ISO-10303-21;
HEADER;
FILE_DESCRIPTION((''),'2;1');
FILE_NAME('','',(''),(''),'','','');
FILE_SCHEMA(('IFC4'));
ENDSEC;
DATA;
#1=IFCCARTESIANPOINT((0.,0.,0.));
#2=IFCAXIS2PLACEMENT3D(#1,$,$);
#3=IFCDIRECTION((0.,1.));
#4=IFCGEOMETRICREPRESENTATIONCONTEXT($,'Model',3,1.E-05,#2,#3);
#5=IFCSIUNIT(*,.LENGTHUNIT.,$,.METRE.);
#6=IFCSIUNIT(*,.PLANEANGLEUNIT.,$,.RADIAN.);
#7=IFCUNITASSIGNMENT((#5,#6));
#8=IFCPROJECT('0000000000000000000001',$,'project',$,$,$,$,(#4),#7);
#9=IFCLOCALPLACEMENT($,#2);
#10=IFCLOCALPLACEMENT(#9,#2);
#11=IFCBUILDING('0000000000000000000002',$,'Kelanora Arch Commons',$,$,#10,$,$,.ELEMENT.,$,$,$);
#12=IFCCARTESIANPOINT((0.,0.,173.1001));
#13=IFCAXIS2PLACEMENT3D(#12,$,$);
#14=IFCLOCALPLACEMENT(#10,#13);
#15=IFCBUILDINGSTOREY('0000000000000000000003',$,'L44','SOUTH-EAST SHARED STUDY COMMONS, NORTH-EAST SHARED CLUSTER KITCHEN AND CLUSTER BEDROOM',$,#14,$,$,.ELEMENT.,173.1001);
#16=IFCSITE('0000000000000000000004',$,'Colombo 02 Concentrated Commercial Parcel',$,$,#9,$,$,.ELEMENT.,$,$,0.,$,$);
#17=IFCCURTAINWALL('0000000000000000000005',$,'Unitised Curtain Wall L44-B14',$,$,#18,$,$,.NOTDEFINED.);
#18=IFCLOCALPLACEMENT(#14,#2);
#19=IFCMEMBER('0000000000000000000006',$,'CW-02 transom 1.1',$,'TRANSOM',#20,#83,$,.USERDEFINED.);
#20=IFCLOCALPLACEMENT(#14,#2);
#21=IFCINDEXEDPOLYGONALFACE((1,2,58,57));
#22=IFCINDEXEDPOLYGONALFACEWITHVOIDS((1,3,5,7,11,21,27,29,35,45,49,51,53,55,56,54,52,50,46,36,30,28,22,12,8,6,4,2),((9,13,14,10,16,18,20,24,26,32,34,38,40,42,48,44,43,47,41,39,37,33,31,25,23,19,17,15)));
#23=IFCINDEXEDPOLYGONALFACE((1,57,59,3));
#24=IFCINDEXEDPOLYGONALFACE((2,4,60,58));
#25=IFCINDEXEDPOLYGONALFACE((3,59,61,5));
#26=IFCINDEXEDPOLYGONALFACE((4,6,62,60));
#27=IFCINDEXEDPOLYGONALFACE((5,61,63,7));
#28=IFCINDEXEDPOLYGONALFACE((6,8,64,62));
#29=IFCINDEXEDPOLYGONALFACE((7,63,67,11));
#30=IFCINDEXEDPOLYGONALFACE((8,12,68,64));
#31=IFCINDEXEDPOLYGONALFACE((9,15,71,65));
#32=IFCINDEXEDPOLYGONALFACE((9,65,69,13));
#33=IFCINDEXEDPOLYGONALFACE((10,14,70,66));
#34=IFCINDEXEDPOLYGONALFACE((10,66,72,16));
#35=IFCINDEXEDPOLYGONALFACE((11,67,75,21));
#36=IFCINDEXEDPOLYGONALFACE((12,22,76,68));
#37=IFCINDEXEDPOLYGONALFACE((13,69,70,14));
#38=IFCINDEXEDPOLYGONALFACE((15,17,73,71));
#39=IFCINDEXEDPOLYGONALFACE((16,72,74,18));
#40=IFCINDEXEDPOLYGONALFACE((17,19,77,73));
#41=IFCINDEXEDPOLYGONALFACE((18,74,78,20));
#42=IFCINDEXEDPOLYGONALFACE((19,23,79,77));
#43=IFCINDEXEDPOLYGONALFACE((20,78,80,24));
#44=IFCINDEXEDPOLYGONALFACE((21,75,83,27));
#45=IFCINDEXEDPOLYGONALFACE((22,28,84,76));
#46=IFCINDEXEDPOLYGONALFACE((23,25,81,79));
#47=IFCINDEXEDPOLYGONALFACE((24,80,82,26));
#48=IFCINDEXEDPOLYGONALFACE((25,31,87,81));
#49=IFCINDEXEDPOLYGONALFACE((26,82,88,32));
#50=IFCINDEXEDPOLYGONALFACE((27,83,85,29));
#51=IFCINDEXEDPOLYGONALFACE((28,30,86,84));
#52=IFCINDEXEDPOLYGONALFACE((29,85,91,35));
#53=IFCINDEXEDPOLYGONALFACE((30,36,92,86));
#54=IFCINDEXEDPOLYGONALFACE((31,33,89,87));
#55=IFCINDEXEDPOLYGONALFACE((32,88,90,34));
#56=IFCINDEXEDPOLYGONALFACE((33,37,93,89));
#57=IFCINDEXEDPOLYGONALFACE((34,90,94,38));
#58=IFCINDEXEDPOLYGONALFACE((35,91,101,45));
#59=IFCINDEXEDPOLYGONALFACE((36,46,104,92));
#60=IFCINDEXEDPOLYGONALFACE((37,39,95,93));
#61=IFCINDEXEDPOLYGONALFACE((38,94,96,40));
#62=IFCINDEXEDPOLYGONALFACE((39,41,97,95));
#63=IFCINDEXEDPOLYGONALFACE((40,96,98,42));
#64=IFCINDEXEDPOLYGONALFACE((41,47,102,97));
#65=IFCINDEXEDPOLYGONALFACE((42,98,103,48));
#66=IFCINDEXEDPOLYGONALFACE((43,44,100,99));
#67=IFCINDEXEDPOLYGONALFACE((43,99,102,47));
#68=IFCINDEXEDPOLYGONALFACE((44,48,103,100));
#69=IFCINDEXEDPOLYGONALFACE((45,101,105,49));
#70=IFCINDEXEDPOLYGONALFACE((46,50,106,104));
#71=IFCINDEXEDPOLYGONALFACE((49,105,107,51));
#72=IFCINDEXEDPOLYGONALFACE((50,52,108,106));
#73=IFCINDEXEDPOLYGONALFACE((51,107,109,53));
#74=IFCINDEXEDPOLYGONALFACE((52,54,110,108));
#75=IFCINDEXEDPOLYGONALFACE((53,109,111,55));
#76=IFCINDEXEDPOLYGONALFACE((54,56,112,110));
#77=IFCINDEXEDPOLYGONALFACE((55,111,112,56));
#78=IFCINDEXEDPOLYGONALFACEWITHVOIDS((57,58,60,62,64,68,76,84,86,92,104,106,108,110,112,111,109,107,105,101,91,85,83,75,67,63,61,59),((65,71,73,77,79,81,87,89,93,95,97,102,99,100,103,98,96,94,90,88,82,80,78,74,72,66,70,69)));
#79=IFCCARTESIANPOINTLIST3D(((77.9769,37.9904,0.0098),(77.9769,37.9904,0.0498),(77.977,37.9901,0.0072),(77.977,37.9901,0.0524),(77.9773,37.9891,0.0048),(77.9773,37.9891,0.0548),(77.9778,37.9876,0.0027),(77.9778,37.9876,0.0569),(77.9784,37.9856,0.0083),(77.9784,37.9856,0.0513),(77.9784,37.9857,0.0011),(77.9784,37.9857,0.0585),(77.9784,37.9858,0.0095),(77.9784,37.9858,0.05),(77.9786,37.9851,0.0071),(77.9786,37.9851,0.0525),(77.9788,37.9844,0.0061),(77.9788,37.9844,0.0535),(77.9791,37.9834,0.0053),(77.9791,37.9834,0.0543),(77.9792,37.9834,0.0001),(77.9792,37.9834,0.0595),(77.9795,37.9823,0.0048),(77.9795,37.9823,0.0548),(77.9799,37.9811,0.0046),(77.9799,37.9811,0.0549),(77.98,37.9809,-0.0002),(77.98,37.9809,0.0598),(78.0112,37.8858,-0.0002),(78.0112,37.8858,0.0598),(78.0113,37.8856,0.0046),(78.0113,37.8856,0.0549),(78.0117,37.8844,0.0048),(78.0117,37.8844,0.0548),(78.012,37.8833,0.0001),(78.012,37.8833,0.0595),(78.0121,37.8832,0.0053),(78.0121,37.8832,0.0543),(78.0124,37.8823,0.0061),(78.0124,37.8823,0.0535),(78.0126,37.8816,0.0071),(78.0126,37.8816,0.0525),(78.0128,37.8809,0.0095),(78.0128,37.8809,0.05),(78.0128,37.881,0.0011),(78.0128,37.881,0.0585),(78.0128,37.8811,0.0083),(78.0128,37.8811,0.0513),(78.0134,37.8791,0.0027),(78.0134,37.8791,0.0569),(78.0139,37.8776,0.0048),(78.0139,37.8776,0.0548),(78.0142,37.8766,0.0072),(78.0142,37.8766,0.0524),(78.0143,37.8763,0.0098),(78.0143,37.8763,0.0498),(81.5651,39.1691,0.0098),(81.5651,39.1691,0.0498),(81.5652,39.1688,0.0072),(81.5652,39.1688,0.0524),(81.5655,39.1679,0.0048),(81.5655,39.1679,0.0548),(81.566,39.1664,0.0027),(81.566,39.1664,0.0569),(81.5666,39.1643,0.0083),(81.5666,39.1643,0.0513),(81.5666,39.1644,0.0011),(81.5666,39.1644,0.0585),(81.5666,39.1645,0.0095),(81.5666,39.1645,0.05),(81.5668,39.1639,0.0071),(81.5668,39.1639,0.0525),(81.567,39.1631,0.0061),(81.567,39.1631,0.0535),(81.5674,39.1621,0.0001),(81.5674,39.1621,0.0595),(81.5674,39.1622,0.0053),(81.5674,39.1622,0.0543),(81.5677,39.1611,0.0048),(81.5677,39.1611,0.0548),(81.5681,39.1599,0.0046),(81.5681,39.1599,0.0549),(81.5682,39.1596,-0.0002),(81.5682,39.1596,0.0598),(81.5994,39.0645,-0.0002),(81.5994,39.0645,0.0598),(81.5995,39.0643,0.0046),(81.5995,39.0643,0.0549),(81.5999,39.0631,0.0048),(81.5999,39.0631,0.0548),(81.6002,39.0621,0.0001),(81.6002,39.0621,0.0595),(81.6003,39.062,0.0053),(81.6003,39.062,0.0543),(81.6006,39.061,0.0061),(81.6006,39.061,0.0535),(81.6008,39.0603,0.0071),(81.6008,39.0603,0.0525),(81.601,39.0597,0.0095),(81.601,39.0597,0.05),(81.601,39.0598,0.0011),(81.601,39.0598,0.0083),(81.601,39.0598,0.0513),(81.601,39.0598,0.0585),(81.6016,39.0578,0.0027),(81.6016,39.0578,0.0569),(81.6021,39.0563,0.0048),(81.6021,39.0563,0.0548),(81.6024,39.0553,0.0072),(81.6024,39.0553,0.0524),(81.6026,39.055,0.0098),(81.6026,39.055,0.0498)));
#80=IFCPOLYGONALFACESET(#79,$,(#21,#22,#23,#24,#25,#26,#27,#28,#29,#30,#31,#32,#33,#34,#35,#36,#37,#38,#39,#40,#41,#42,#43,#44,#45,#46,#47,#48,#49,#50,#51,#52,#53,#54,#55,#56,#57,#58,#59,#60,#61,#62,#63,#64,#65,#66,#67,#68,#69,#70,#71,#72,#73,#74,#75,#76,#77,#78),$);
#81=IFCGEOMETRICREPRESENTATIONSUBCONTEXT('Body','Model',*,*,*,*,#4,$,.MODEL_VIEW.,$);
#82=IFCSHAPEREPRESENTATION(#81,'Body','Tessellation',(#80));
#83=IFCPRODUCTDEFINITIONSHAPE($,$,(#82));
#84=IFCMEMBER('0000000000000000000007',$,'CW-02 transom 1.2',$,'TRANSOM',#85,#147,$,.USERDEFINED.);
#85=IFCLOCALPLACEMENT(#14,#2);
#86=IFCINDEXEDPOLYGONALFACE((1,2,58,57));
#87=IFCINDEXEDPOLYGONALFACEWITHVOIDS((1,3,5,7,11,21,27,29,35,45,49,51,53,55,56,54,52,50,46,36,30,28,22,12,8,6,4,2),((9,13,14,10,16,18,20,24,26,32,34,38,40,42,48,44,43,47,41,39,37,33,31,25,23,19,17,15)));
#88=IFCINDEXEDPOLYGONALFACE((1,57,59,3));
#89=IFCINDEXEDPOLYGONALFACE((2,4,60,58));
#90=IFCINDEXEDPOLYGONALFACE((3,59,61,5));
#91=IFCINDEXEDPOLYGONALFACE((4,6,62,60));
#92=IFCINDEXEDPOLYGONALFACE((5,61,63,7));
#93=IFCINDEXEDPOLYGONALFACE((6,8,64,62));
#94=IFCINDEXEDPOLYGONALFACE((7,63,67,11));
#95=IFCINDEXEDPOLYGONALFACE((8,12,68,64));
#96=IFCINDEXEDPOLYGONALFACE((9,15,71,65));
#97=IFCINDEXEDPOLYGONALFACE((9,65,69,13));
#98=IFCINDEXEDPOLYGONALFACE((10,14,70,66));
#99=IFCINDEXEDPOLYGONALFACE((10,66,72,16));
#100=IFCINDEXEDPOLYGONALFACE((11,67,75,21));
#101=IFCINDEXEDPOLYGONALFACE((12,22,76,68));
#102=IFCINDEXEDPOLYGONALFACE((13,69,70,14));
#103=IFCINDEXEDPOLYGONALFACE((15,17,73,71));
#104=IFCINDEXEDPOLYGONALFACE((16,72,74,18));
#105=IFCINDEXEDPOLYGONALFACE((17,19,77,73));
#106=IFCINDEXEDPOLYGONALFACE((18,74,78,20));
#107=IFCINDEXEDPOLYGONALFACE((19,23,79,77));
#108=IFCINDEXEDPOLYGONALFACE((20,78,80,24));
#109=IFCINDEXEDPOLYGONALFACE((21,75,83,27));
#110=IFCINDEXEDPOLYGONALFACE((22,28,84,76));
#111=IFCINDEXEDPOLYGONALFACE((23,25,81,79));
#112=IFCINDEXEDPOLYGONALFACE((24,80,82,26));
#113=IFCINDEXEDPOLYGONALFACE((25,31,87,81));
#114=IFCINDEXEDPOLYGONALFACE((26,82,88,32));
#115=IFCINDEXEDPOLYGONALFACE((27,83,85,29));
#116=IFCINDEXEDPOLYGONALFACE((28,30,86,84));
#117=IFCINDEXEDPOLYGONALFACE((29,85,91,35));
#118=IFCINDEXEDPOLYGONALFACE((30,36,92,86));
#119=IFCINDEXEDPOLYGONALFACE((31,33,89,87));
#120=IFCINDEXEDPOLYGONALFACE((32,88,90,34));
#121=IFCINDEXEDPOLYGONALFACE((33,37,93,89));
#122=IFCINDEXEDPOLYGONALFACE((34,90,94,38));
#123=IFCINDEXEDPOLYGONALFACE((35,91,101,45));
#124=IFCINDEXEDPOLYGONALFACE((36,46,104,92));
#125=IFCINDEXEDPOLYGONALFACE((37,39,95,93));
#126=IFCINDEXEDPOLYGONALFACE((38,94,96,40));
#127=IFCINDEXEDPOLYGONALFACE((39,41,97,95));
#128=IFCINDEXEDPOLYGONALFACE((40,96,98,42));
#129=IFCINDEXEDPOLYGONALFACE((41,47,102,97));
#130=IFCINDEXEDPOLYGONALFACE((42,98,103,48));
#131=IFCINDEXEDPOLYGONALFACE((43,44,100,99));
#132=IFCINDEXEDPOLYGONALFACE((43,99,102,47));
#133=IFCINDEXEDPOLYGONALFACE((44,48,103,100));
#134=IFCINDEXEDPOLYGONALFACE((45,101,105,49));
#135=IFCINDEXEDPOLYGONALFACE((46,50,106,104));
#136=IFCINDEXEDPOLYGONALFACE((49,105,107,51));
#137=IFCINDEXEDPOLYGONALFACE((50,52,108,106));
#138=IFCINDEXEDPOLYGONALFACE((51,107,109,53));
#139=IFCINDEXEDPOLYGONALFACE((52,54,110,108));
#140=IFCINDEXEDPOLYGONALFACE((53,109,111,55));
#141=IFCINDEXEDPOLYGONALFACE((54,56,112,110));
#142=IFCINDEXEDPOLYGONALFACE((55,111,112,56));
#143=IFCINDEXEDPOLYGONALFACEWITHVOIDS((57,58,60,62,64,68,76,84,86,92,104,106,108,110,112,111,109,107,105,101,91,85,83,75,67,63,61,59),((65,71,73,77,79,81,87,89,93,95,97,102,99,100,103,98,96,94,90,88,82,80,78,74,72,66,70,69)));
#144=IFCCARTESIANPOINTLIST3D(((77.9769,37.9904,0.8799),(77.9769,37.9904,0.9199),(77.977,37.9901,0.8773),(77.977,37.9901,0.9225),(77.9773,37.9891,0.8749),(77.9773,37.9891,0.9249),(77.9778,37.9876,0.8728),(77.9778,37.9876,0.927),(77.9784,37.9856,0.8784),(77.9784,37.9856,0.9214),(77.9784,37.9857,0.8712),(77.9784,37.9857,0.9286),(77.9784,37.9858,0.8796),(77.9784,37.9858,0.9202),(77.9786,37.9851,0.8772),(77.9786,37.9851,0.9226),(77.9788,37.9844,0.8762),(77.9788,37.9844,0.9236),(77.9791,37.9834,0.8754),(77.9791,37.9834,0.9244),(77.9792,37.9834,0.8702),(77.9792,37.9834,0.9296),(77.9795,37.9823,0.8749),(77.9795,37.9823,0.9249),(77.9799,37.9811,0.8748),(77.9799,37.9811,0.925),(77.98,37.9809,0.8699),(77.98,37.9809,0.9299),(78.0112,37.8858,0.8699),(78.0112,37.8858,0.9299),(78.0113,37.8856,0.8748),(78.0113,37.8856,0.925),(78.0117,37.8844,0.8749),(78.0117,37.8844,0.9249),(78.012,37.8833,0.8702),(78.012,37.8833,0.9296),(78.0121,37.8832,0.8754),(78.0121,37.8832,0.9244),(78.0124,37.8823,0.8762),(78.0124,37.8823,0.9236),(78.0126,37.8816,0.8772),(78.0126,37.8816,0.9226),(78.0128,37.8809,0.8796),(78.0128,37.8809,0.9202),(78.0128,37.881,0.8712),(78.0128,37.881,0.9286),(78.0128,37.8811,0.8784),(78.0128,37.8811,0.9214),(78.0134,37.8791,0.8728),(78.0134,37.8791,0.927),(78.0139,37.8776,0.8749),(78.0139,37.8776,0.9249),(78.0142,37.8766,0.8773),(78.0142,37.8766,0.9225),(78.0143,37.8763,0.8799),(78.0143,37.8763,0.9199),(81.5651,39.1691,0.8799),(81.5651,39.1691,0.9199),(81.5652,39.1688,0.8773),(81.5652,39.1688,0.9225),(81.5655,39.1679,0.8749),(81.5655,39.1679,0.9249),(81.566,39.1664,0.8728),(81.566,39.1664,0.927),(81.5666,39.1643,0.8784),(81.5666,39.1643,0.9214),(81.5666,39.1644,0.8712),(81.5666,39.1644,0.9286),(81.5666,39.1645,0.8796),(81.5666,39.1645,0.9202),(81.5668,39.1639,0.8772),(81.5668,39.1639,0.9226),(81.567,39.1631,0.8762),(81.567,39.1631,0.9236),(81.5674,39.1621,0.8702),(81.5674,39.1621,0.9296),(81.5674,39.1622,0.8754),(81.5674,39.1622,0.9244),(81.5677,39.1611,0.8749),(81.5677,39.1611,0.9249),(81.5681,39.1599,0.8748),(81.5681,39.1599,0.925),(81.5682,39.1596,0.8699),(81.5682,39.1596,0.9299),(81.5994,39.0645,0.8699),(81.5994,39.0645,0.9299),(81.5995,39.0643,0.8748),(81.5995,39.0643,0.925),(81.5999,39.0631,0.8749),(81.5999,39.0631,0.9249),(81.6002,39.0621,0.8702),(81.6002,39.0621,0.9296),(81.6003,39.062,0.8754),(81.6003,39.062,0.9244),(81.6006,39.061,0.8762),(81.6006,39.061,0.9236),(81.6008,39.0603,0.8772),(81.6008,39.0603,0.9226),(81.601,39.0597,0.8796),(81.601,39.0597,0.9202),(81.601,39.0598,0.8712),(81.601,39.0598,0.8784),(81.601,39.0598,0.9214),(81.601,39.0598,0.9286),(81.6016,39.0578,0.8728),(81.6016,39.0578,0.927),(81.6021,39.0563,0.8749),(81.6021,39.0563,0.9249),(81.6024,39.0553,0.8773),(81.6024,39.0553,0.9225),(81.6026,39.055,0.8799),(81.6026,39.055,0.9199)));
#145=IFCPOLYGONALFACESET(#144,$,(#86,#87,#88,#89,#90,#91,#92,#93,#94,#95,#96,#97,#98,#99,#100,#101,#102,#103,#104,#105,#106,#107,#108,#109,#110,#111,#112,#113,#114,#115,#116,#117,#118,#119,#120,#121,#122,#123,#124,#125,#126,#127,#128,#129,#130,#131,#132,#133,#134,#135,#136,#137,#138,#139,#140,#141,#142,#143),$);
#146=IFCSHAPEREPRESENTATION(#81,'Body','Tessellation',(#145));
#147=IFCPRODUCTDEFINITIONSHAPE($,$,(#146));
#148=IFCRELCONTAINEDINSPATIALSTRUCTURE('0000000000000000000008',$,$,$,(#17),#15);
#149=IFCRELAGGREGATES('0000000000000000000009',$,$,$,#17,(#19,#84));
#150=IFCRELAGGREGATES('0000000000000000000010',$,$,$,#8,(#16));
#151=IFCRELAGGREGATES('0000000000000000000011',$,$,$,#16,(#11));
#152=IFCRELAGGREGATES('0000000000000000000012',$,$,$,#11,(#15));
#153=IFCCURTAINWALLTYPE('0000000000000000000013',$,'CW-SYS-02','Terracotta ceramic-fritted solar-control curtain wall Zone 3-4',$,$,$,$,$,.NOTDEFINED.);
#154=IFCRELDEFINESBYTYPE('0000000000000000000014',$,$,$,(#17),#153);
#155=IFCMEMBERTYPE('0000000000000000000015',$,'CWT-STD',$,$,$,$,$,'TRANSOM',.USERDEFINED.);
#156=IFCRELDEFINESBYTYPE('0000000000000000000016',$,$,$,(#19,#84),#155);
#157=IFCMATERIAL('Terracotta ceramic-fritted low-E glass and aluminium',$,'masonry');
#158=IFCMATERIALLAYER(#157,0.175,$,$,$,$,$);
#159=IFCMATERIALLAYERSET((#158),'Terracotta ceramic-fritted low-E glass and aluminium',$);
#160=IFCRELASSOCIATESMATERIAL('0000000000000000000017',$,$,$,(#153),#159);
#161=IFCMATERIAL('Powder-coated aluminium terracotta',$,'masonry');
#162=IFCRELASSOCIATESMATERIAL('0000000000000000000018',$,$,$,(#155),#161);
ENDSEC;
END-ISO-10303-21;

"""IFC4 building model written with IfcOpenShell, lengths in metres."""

from ifc_helpers import new_model, si_unit, direction, frame, origin, origin_2d, place, context, subcontext, project, spatial, hollow_rectangle, extrude, material, layer, layer_set, material_profile, profile_set, type_object, element, aggregate, save


model = new_model("IFC4")

# Units and contexts
model_context = context("Model", 3, precision=1e-05, world=origin(), true_north=direction((0.0, 1.0)))
body_context = subcontext(model_context, "Body", "Model", "MODEL_VIEW")
ifc_project = project(units=[si_unit("LENGTHUNIT", "METRE"), si_unit("PLANEANGLEUNIT", "RADIAN")], contexts=[model_context])

# Site, building, storey
site_placement = place(None, origin())
site = spatial("IfcSite", under=ifc_project, at=site_placement, Name="Colombo 02 Concentrated Commercial Parcel", CompositionType="ELEMENT", RefElevation=0.0)
building_placement = place(site_placement, origin())
building = spatial("IfcBuilding", under=site, at=building_placement, Name="Kelanora Arch Commons", CompositionType="ELEMENT")
storey_placement = place(building_placement, frame((0.0, 0.0, 173.1001)))
storey = spatial("IfcBuildingStorey", under=building, at=storey_placement, Name="L44", Description="SOUTH-EAST SHARED STUDY COMMONS, NORTH-EAST SHARED CLUSTER KITCHEN AND CLUSTER BEDROOM", CompositionType="ELEMENT", Elevation=173.1001)

# Curtain wall, members
ifc_material_1 = material(Name="Terracotta ceramic-fritted low-E glass and aluminium", Category="masonry")
ifc_layer_1 = layer(ifc_material_1, 0.175)
ifc_layer_set_1 = layer_set([ifc_layer_1], Name="Terracotta ceramic-fritted low-E glass and aluminium")
curtain_wall_type = type_object("IfcCurtainWallType", Name="CW-SYS-02", Description="Terracotta ceramic-fritted solar-control curtain wall Zone 3-4", PredefinedType="NOTDEFINED", material=ifc_layer_set_1)
curtain_wall_placement = place(storey_placement, origin())
curtain_wall = element("IfcCurtainWall", 1, at=curtain_wall_placement, inside=storey, type_object=curtain_wall_type, Name="Unitised Curtain Wall L44-B14", PredefinedType="NOTDEFINED")
ifc_material_2 = material(Name="Powder-coated aluminium terracotta", Category="masonry")
ifc_material_profile_1 = material_profile(ifc_material_2, hollow_rectangle(XDim=0.1201, YDim=0.0601, WallThickness=0.0049, InnerFilletRadius=0.0049, OuterFilletRadius=0.01, at=origin_2d()), Name="CWT120x60")
ifc_profile_set_1 = profile_set([ifc_material_profile_1], Name="Powder-coated aluminium terracotta")
member_type_1 = type_object("IfcMemberType", Name="CWT-STD", ElementType="TRANSOM", PredefinedType="USERDEFINED", material=ifc_profile_set_1)
member_1_placement = place(storey_placement, frame((77.9956, 37.9333, 0.0298), z_axis=(0.950051, 0.312094, 0.0), x_axis=(-0.312094, 0.950051, 0.0)))
member_1 = element("IfcMember", 2, at=member_1_placement, type_object=member_type_1, Name="CW-02 transom 1.1", ObjectType="TRANSOM", PredefinedType="USERDEFINED", context=body_context, shape_type="SweptSolid", body=[
    extrude(hollow_rectangle(XDim=0.1201, YDim=0.0601, WallThickness=0.0049, InnerFilletRadius=0.0049, OuterFilletRadius=0.01, at=origin_2d()), origin(), (0.0, 0.0, 1.0), 3.7769),
])
member_2_placement = place(storey_placement, frame((77.9956, 37.9333, 0.8999), z_axis=(0.950051, 0.312094, 0.0), x_axis=(-0.312094, 0.950051, 0.0)))
member_2 = element("IfcMember", 3, at=member_2_placement, type_object=member_type_1, Name="CW-02 transom 1.2", ObjectType="TRANSOM", PredefinedType="USERDEFINED", context=body_context, shape_type="SweptSolid", body=[
    extrude(hollow_rectangle(XDim=0.1201, YDim=0.0601, WallThickness=0.0049, InnerFilletRadius=0.0049, OuterFilletRadius=0.01, at=origin_2d()), origin(), (0.0, 0.0, 1.0), 3.7769),
])
aggregate(curtain_wall, [member_1, member_2])

save(model, "model.ifc")
